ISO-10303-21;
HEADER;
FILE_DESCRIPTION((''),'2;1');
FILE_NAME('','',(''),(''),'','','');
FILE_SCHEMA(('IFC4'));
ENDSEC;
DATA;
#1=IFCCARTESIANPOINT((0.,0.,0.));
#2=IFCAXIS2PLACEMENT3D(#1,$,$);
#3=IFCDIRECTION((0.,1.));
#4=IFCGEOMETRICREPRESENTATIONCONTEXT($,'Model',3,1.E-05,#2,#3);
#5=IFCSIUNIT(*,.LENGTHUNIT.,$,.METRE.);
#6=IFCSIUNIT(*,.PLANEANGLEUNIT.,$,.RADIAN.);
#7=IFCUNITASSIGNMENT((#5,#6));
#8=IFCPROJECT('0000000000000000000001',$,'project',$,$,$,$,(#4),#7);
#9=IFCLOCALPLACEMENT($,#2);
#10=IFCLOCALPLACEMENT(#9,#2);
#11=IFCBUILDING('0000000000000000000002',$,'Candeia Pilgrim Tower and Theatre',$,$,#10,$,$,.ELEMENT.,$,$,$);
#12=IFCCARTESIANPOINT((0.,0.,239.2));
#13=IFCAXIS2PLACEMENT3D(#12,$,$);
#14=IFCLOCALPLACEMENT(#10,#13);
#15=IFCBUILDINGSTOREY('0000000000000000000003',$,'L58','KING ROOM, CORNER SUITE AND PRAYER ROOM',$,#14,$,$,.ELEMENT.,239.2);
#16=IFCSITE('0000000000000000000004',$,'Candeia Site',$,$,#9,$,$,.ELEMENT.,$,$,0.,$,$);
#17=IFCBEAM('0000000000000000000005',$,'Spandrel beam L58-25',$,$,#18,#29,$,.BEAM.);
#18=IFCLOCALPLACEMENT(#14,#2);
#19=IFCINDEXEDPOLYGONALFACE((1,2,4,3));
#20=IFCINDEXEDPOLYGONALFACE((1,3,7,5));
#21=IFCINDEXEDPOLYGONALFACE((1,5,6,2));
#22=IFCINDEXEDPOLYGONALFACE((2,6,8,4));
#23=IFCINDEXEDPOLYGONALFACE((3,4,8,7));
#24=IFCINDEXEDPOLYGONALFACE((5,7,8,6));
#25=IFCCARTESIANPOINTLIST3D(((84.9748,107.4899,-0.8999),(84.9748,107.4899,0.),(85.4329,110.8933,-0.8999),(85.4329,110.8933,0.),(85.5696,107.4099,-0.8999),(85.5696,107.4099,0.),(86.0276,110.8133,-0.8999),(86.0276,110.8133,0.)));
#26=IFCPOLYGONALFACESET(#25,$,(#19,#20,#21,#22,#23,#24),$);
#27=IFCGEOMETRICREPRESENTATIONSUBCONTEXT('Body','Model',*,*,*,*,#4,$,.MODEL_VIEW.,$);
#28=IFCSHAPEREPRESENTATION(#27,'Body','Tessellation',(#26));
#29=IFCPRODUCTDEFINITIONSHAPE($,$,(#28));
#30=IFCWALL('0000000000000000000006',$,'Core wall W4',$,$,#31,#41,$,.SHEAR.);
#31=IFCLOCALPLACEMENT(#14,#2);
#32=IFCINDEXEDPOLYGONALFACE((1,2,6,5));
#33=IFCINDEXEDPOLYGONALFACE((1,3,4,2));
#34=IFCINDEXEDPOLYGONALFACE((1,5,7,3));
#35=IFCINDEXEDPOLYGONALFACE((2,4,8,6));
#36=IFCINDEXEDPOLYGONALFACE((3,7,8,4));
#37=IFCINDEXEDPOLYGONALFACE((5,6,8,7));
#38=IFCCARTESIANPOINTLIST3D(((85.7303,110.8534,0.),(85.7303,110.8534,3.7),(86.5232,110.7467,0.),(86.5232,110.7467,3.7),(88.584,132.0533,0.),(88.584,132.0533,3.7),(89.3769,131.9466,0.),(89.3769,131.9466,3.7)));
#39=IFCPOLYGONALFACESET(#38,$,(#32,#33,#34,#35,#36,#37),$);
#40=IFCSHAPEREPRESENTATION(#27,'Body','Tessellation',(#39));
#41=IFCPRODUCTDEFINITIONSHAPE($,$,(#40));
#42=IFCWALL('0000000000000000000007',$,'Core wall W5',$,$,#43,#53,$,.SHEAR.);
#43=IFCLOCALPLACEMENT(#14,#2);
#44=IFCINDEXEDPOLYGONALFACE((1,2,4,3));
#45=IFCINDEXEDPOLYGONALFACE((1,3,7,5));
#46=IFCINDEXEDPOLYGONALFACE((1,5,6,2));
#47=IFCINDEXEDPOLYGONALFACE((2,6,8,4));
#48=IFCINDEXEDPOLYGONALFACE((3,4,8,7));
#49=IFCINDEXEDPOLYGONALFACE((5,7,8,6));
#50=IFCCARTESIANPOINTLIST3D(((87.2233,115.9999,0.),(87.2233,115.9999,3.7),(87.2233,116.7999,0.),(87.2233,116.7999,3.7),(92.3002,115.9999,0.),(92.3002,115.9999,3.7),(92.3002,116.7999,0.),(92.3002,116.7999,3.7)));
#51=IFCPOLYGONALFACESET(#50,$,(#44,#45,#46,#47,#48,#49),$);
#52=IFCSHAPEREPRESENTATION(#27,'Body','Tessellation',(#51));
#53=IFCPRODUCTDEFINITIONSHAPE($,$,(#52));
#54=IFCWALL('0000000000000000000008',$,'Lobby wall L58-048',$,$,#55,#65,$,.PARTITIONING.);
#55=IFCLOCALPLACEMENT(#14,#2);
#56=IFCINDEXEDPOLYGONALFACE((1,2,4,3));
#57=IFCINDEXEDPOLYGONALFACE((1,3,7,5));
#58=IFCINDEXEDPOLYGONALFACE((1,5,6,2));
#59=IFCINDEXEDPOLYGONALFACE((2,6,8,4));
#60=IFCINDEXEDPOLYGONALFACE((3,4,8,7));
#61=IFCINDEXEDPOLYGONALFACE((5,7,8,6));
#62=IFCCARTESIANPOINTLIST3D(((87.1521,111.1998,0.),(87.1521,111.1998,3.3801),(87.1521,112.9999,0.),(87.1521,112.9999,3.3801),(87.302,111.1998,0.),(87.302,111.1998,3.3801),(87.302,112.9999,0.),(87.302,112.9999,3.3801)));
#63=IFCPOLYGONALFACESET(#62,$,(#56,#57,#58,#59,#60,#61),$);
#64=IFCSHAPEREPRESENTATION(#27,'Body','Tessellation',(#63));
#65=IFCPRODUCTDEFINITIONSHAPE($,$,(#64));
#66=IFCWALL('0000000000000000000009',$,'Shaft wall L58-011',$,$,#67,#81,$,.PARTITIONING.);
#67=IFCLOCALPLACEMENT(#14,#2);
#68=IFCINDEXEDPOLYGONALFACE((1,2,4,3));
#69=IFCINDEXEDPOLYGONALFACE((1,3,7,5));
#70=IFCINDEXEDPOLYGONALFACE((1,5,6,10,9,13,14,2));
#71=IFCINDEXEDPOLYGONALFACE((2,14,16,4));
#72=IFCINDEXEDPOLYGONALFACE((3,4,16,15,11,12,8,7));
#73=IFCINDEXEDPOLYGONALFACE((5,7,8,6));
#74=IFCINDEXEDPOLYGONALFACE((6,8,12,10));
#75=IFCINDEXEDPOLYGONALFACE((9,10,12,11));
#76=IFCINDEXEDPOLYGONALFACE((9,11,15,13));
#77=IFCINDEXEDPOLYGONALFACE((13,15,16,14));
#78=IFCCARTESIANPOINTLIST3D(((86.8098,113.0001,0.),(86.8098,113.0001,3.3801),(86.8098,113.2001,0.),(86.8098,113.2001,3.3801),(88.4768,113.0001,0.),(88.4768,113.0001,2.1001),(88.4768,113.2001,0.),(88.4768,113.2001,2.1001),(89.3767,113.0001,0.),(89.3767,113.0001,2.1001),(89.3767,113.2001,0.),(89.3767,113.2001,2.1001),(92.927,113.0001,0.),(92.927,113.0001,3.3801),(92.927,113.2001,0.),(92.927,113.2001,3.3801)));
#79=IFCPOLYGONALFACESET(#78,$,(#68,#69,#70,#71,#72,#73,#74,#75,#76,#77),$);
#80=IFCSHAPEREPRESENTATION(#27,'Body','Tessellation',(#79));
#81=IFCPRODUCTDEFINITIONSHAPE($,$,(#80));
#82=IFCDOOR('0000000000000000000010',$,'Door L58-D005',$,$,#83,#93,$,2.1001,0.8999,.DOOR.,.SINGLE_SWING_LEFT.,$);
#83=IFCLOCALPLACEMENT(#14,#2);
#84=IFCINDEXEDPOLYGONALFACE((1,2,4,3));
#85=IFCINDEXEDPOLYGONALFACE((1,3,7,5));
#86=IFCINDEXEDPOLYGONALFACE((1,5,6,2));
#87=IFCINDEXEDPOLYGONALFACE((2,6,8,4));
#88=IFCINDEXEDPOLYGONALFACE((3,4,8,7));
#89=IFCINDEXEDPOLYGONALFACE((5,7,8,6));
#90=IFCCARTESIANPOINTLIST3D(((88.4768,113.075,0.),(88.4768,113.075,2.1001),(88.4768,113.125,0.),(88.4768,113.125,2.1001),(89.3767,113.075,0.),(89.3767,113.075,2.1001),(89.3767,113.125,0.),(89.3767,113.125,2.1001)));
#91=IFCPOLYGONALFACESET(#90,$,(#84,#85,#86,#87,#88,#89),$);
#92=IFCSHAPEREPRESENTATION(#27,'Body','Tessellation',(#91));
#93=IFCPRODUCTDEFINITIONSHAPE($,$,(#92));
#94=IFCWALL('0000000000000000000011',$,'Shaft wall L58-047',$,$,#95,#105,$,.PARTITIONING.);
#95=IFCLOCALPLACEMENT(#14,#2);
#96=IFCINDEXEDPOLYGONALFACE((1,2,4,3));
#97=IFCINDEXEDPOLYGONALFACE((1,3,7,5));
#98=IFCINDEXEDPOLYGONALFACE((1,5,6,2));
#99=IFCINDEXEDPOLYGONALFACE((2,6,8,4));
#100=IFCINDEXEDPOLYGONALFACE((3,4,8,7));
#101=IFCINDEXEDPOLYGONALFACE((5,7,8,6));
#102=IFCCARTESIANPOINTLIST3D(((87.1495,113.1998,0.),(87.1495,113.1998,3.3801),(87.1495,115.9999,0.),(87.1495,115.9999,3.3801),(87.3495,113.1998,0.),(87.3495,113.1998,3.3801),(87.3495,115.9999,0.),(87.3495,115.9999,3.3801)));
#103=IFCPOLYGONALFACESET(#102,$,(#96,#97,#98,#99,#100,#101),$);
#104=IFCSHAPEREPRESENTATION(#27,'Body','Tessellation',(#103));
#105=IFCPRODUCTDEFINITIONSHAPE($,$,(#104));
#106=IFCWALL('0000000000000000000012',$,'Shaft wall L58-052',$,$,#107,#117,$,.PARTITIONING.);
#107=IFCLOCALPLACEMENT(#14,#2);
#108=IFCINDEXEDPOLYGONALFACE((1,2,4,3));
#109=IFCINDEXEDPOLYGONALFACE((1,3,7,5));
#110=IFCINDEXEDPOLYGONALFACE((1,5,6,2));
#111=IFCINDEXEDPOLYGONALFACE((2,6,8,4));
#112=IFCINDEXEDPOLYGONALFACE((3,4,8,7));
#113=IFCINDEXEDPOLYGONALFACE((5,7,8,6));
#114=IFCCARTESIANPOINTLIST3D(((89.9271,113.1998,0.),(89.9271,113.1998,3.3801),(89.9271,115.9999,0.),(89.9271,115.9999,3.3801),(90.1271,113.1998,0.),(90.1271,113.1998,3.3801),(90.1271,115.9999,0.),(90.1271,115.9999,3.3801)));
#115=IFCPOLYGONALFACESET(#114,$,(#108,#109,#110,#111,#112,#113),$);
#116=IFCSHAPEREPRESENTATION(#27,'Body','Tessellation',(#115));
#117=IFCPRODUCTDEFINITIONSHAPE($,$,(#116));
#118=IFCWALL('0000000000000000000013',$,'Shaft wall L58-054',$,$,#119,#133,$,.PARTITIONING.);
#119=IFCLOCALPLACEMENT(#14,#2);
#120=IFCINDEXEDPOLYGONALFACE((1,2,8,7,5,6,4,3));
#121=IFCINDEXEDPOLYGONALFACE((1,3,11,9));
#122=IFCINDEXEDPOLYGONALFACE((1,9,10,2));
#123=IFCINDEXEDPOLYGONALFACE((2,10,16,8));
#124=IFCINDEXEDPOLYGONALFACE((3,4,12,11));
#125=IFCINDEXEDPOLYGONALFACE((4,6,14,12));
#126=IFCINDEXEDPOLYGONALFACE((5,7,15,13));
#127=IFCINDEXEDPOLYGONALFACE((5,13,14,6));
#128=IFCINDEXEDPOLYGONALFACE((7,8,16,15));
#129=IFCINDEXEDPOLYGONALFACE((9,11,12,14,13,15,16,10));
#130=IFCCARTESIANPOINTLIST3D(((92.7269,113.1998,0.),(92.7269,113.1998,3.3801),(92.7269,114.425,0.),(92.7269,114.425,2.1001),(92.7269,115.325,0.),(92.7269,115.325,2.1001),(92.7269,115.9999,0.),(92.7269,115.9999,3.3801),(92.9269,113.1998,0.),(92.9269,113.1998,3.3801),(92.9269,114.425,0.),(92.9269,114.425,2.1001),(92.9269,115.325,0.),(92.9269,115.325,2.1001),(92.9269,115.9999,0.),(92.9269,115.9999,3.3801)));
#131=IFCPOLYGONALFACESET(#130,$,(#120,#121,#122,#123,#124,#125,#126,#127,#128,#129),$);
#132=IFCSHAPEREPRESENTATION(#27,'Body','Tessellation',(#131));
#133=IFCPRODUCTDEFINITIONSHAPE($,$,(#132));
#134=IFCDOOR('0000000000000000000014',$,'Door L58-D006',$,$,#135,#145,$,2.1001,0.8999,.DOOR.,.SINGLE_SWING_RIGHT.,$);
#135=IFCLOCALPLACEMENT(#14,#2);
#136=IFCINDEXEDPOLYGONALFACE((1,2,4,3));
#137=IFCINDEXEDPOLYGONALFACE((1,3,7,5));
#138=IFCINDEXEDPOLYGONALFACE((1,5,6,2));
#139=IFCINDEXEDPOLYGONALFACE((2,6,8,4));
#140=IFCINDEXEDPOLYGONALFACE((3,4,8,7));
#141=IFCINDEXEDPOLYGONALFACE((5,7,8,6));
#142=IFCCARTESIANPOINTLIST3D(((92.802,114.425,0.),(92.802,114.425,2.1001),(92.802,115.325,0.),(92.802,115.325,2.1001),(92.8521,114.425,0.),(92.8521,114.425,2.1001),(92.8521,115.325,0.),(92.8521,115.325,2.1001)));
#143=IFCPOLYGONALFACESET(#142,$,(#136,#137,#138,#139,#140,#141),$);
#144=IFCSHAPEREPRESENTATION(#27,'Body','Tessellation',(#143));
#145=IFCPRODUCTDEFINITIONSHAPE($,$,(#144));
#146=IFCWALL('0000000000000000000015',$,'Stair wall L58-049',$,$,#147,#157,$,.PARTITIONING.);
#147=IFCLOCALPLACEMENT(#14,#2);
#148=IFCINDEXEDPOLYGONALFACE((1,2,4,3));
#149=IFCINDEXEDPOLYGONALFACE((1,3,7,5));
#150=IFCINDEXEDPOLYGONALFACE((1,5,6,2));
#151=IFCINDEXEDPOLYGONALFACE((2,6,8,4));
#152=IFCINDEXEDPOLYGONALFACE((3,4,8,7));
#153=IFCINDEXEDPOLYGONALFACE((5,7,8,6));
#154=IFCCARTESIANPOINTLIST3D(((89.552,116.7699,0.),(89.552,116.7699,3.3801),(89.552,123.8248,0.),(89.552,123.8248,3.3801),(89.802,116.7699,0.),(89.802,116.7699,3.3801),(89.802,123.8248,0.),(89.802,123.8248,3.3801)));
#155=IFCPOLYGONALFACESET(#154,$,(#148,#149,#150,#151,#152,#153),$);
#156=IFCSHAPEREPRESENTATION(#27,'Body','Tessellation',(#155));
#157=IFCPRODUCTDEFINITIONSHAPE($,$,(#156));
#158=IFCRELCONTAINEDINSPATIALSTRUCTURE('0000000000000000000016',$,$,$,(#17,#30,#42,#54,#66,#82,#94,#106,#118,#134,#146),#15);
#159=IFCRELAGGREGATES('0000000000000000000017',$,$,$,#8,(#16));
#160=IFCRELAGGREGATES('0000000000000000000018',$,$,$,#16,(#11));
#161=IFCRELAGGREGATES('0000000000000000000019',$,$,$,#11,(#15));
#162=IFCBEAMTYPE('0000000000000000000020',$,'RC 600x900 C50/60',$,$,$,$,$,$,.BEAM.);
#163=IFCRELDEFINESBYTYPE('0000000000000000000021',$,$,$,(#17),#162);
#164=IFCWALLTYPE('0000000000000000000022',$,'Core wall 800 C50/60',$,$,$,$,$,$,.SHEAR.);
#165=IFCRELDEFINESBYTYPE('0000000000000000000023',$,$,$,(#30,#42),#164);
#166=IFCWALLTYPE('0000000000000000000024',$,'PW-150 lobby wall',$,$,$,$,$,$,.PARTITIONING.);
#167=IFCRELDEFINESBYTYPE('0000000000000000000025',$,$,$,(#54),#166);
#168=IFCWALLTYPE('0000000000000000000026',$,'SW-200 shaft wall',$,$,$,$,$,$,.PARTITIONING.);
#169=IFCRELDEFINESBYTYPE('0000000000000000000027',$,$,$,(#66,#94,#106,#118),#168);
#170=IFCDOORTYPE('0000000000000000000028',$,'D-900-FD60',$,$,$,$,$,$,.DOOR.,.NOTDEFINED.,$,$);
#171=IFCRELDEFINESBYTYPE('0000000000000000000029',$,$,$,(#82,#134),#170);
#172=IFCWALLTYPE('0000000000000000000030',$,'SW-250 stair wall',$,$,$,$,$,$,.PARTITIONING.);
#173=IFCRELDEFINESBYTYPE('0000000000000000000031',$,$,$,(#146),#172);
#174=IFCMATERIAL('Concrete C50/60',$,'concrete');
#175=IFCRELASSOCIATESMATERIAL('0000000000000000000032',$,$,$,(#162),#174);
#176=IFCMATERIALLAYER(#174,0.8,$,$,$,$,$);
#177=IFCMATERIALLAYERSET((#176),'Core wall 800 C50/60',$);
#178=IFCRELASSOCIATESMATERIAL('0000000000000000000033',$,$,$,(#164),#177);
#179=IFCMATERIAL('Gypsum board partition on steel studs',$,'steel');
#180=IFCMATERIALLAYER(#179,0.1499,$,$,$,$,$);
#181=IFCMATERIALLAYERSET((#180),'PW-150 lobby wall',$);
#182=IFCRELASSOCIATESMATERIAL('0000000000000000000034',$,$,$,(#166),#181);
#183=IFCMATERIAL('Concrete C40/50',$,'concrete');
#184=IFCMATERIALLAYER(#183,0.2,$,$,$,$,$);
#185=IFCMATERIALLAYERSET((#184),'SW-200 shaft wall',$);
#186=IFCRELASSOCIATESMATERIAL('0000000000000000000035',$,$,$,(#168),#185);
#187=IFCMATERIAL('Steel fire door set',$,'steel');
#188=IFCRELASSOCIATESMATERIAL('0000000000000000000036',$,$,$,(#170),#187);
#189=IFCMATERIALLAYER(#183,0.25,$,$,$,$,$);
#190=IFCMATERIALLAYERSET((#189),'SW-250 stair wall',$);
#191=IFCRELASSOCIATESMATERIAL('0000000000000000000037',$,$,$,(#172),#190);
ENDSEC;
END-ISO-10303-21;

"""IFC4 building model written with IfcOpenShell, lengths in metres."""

from ifc_helpers import new_model, si_unit, direction, frame, frame_2d, origin, origin_2d, place, context, subcontext, project, spatial, rectangle, extrude, material, layer, layer_set, material_profile, profile_set, type_object, element, fill, save


model = new_model("IFC4")

# Units and contexts
model_context = context("Model", 3, precision=1e-05, world=origin(), true_north=direction((0.0, 1.0)))
body_context = subcontext(model_context, "Body", "Model", "MODEL_VIEW")
ifc_project = project(units=[si_unit("LENGTHUNIT", "METRE"), si_unit("PLANEANGLEUNIT", "RADIAN")], contexts=[model_context])

# Site, building, storey
site_placement = place(None, origin())
site = spatial("IfcSite", under=ifc_project, at=site_placement, Name="Candeia Site", CompositionType="ELEMENT", RefElevation=0.0)
building_placement = place(site_placement, origin())
building = spatial("IfcBuilding", under=site, at=building_placement, Name="Candeia Pilgrim Tower and Theatre", CompositionType="ELEMENT")
storey_placement = place(building_placement, frame((0.0, 0.0, 239.2)))
storey = spatial("IfcBuildingStorey", under=building, at=storey_placement, Name="L58", Description="KING ROOM, CORNER SUITE AND PRAYER ROOM", CompositionType="ELEMENT", Elevation=239.2)

# Beam
ifc_material_1 = material(Name="Concrete C50/60", Category="concrete")
ifc_material_profile = material_profile(ifc_material_1, rectangle(XDim=0.6001, YDim=0.8999, at=origin_2d()))
ifc_profile_set = profile_set([ifc_material_profile], Name="Concrete C50/60")
beam_type = type_object("IfcBeamType", Name="RC 600x900 C50/60", PredefinedType="BEAM", material=ifc_profile_set)
beam_placement = place(storey_placement, frame((85.7302, 110.8533, -0.45), z_axis=(-0.133374, -0.991066, 0.0), x_axis=(0.991066, -0.133374, 0.0)))
element("IfcBeam", 1, at=beam_placement, inside=storey, type_object=beam_type, Name="Spandrel beam L58-25", PredefinedType="BEAM", context=body_context, shape_type="SweptSolid", body=[
    extrude(rectangle(XDim=0.6001, YDim=0.8999, at=origin_2d()), origin(), (0.0, 0.0, 1.0), 3.4341),
])

# Walls
ifc_layer_1 = layer(ifc_material_1, 0.8)
ifc_layer_set_1 = layer_set([ifc_layer_1], Name="Core wall 800 C50/60")
wall_type_1 = type_object("IfcWallType", Name="Core wall 800 C50/60", PredefinedType="SHEAR", material=ifc_layer_set_1)
wall_1_placement = place(storey_placement, frame((86.1267, 110.8, 0.0), z_axis=(0.0, 0.0, 1.0), x_axis=(0.133408, 0.991061, 0.0)))
element("IfcWall", 2, at=wall_1_placement, inside=storey, type_object=wall_type_1, Name="Core wall W4", PredefinedType="SHEAR", context=body_context, shape_type="SweptSolid", body=[
    extrude(rectangle(XDim=21.3911, YDim=0.8, at=frame_2d((10.6956, 0.0))), origin(), (0.0, 0.0, 1.0), 3.7),
])
wall_2_placement = place(storey_placement, frame((87.2231, 116.3999, 0.0), z_axis=(0.0, 0.0, 1.0), x_axis=(1.0, 0.0, 0.0)))
element("IfcWall", 3, at=wall_2_placement, inside=storey, type_object=wall_type_1, Name="Core wall W5", PredefinedType="SHEAR", context=body_context, shape_type="SweptSolid", body=[
    extrude(rectangle(XDim=5.0769, YDim=0.8, at=frame_2d((2.5386, 0.0))), origin(), (0.0, 0.0, 1.0), 3.7),
])
ifc_material_2 = material(Name="Gypsum board partition on steel studs", Category="steel")
ifc_layer_2 = layer(ifc_material_2, 0.1499)
ifc_layer_set_2 = layer_set([ifc_layer_2], Name="PW-150 lobby wall")
wall_type_2 = type_object("IfcWallType", Name="PW-150 lobby wall", PredefinedType="PARTITIONING", material=ifc_layer_set_2)
wall_3_placement = place(storey_placement, frame((87.2271, 111.2, 0.0), z_axis=(0.0, 0.0, 1.0), x_axis=(0.0, 1.0, 0.0)))
element("IfcWall", 4, at=wall_3_placement, inside=storey, type_object=wall_type_2, Name="Lobby wall L58-048", PredefinedType="PARTITIONING", context=body_context, shape_type="SweptSolid", body=[
    extrude(rectangle(XDim=1.8, YDim=0.1499, at=frame_2d((0.8999, 0.0))), origin(), (0.0, 0.0, 1.0), 3.3801),
])

# Wall, opening, door
ifc_material_3 = material(Name="Concrete C40/50", Category="concrete")
ifc_layer_3 = layer(ifc_material_3, 0.2)
ifc_layer_set_3 = layer_set([ifc_layer_3], Name="SW-200 shaft wall")
wall_type_3 = type_object("IfcWallType", Name="SW-200 shaft wall", PredefinedType="PARTITIONING", material=ifc_layer_set_3)
wall_4_placement = place(storey_placement, frame((86.8098, 113.1001, 0.0), z_axis=(0.0, 0.0, 1.0), x_axis=(1.0, 0.0, 0.0)))
wall_4 = element("IfcWall", 5, at=wall_4_placement, inside=storey, type_object=wall_type_3, Name="Shaft wall L58-011", PredefinedType="PARTITIONING", context=body_context, shape_type="SweptSolid", body=[
    extrude(rectangle(XDim=6.1172, YDim=0.2, at=frame_2d((3.0586, 0.0))), origin(), (0.0, 0.0, 1.0), 3.3801),
])
opening_1_placement = place(wall_4_placement, frame((1.667, 0.0, 0.0)))
opening_1 = element("IfcOpeningElement", 6, at=opening_1_placement, cuts=wall_4, PredefinedType="OPENING", context=body_context, shape_type="SweptSolid", body=[
    extrude(rectangle(XDim=0.8999, YDim=2.1001, at=frame_2d((0.45, 1.05))), frame((0.0, 0.1099, 0.0), z_axis=(0.0, -1.0, 0.0), x_axis=(1.0, 0.0, 0.0)), (0.0, 0.0, 1.0), 0.22),
])
ifc_material_4 = material(Name="Steel fire door set", Category="steel")
door_type = type_object("IfcDoorType", Name="D-900-FD60", OperationType="NOTDEFINED", PredefinedType="DOOR", material=ifc_material_4)
door_1_placement = place(opening_1_placement, origin())
door_1 = element("IfcDoor", 7, at=door_1_placement, inside=storey, type_object=door_type, Name="Door L58-D005", OperationType="SINGLE_SWING_LEFT", OverallHeight=2.1001, OverallWidth=0.8999, PredefinedType="DOOR", context=body_context, shape_type="SweptSolid", body=[
    extrude(rectangle(XDim=0.8999, YDim=2.1001, at=frame_2d((0.45, 1.05))), frame((0.0, 0.0249, 0.0), z_axis=(0.0, -1.0, 0.0), x_axis=(1.0, 0.0, 0.0)), (0.0, 0.0, 1.0), 0.05),
])
fill(opening_1, door_1)

# Walls
for number, where, z_axis, x_axis, name in (
    (8, (87.2495, 113.2, 0.0), (0.0, 0.0, 1.0), (0.0, 1.0, 0.0), "Shaft wall L58-047"),
    (9, (90.0271, 113.2, 0.0), (0.0, 0.0, 1.0), (0.0, 1.0, 0.0), "Shaft wall L58-052"),
):
    element("IfcWall", number, at=place(storey_placement, frame(where, z_axis=z_axis, x_axis=x_axis)), inside=storey, type_object=wall_type_3, Name=name, PredefinedType="PARTITIONING", context=body_context, shape_type="SweptSolid", body=[
        extrude(rectangle(XDim=2.8, YDim=0.2, at=frame_2d((1.3999, 0.0))), origin(), (0.0, 0.0, 1.0), 3.3801),
    ])

# Wall, opening, door
wall_5_placement = place(storey_placement, frame((92.8269, 113.2, 0.0), z_axis=(0.0, 0.0, 1.0), x_axis=(0.0, 1.0, 0.0)))
wall_5 = element("IfcWall", 10, at=wall_5_placement, inside=storey, type_object=wall_type_3, Name="Shaft wall L58-054", PredefinedType="PARTITIONING", context=body_context, shape_type="SweptSolid", body=[
    extrude(rectangle(XDim=2.8, YDim=0.2, at=frame_2d((1.3999, 0.0))), origin(), (0.0, 0.0, 1.0), 3.3801),
])
opening_2_placement = place(wall_5_placement, frame((1.2251, 0.0, 0.0)))
opening_2 = element("IfcOpeningElement", 11, at=opening_2_placement, cuts=wall_5, PredefinedType="OPENING", context=body_context, shape_type="SweptSolid", body=[
    extrude(rectangle(XDim=0.8999, YDim=2.1001, at=frame_2d((0.45, 1.05))), frame((0.0, 0.1099, 0.0), z_axis=(0.0, -1.0, 0.0), x_axis=(1.0, 0.0, 0.0)), (0.0, 0.0, 1.0), 0.22),
])
door_2_placement = place(opening_2_placement, origin())
door_2 = element("IfcDoor", 12, at=door_2_placement, inside=storey, type_object=door_type, Name="Door L58-D006", OperationType="SINGLE_SWING_RIGHT", OverallHeight=2.1001, OverallWidth=0.8999, PredefinedType="DOOR", context=body_context, shape_type="SweptSolid", body=[
    extrude(rectangle(XDim=0.8999, YDim=2.1001, at=frame_2d((0.45, 1.05))), frame((0.0, 0.0249, 0.0), z_axis=(0.0, -1.0, 0.0), x_axis=(1.0, 0.0, 0.0)), (0.0, 0.0, 1.0), 0.05),
])
fill(opening_2, door_2)

# Wall
ifc_layer_4 = layer(ifc_material_3, 0.25)
ifc_layer_set_4 = layer_set([ifc_layer_4], Name="SW-250 stair wall")
wall_type_4 = type_object("IfcWallType", Name="SW-250 stair wall", PredefinedType="PARTITIONING", material=ifc_layer_set_4)
wall_6_placement = place(storey_placement, frame((89.677, 116.77, 0.0), z_axis=(0.0, 0.0, 1.0), x_axis=(0.0, 1.0, 0.0)))
element("IfcWall", 13, at=wall_6_placement, inside=storey, type_object=wall_type_4, Name="Stair wall L58-049", PredefinedType="PARTITIONING", context=body_context, shape_type="SweptSolid", body=[
    extrude(rectangle(XDim=7.0549, YDim=0.25, at=frame_2d((3.5273, 0.0))), origin(), (0.0, 0.0, 1.0), 3.3801),
])

save(model, "model.ifc")
